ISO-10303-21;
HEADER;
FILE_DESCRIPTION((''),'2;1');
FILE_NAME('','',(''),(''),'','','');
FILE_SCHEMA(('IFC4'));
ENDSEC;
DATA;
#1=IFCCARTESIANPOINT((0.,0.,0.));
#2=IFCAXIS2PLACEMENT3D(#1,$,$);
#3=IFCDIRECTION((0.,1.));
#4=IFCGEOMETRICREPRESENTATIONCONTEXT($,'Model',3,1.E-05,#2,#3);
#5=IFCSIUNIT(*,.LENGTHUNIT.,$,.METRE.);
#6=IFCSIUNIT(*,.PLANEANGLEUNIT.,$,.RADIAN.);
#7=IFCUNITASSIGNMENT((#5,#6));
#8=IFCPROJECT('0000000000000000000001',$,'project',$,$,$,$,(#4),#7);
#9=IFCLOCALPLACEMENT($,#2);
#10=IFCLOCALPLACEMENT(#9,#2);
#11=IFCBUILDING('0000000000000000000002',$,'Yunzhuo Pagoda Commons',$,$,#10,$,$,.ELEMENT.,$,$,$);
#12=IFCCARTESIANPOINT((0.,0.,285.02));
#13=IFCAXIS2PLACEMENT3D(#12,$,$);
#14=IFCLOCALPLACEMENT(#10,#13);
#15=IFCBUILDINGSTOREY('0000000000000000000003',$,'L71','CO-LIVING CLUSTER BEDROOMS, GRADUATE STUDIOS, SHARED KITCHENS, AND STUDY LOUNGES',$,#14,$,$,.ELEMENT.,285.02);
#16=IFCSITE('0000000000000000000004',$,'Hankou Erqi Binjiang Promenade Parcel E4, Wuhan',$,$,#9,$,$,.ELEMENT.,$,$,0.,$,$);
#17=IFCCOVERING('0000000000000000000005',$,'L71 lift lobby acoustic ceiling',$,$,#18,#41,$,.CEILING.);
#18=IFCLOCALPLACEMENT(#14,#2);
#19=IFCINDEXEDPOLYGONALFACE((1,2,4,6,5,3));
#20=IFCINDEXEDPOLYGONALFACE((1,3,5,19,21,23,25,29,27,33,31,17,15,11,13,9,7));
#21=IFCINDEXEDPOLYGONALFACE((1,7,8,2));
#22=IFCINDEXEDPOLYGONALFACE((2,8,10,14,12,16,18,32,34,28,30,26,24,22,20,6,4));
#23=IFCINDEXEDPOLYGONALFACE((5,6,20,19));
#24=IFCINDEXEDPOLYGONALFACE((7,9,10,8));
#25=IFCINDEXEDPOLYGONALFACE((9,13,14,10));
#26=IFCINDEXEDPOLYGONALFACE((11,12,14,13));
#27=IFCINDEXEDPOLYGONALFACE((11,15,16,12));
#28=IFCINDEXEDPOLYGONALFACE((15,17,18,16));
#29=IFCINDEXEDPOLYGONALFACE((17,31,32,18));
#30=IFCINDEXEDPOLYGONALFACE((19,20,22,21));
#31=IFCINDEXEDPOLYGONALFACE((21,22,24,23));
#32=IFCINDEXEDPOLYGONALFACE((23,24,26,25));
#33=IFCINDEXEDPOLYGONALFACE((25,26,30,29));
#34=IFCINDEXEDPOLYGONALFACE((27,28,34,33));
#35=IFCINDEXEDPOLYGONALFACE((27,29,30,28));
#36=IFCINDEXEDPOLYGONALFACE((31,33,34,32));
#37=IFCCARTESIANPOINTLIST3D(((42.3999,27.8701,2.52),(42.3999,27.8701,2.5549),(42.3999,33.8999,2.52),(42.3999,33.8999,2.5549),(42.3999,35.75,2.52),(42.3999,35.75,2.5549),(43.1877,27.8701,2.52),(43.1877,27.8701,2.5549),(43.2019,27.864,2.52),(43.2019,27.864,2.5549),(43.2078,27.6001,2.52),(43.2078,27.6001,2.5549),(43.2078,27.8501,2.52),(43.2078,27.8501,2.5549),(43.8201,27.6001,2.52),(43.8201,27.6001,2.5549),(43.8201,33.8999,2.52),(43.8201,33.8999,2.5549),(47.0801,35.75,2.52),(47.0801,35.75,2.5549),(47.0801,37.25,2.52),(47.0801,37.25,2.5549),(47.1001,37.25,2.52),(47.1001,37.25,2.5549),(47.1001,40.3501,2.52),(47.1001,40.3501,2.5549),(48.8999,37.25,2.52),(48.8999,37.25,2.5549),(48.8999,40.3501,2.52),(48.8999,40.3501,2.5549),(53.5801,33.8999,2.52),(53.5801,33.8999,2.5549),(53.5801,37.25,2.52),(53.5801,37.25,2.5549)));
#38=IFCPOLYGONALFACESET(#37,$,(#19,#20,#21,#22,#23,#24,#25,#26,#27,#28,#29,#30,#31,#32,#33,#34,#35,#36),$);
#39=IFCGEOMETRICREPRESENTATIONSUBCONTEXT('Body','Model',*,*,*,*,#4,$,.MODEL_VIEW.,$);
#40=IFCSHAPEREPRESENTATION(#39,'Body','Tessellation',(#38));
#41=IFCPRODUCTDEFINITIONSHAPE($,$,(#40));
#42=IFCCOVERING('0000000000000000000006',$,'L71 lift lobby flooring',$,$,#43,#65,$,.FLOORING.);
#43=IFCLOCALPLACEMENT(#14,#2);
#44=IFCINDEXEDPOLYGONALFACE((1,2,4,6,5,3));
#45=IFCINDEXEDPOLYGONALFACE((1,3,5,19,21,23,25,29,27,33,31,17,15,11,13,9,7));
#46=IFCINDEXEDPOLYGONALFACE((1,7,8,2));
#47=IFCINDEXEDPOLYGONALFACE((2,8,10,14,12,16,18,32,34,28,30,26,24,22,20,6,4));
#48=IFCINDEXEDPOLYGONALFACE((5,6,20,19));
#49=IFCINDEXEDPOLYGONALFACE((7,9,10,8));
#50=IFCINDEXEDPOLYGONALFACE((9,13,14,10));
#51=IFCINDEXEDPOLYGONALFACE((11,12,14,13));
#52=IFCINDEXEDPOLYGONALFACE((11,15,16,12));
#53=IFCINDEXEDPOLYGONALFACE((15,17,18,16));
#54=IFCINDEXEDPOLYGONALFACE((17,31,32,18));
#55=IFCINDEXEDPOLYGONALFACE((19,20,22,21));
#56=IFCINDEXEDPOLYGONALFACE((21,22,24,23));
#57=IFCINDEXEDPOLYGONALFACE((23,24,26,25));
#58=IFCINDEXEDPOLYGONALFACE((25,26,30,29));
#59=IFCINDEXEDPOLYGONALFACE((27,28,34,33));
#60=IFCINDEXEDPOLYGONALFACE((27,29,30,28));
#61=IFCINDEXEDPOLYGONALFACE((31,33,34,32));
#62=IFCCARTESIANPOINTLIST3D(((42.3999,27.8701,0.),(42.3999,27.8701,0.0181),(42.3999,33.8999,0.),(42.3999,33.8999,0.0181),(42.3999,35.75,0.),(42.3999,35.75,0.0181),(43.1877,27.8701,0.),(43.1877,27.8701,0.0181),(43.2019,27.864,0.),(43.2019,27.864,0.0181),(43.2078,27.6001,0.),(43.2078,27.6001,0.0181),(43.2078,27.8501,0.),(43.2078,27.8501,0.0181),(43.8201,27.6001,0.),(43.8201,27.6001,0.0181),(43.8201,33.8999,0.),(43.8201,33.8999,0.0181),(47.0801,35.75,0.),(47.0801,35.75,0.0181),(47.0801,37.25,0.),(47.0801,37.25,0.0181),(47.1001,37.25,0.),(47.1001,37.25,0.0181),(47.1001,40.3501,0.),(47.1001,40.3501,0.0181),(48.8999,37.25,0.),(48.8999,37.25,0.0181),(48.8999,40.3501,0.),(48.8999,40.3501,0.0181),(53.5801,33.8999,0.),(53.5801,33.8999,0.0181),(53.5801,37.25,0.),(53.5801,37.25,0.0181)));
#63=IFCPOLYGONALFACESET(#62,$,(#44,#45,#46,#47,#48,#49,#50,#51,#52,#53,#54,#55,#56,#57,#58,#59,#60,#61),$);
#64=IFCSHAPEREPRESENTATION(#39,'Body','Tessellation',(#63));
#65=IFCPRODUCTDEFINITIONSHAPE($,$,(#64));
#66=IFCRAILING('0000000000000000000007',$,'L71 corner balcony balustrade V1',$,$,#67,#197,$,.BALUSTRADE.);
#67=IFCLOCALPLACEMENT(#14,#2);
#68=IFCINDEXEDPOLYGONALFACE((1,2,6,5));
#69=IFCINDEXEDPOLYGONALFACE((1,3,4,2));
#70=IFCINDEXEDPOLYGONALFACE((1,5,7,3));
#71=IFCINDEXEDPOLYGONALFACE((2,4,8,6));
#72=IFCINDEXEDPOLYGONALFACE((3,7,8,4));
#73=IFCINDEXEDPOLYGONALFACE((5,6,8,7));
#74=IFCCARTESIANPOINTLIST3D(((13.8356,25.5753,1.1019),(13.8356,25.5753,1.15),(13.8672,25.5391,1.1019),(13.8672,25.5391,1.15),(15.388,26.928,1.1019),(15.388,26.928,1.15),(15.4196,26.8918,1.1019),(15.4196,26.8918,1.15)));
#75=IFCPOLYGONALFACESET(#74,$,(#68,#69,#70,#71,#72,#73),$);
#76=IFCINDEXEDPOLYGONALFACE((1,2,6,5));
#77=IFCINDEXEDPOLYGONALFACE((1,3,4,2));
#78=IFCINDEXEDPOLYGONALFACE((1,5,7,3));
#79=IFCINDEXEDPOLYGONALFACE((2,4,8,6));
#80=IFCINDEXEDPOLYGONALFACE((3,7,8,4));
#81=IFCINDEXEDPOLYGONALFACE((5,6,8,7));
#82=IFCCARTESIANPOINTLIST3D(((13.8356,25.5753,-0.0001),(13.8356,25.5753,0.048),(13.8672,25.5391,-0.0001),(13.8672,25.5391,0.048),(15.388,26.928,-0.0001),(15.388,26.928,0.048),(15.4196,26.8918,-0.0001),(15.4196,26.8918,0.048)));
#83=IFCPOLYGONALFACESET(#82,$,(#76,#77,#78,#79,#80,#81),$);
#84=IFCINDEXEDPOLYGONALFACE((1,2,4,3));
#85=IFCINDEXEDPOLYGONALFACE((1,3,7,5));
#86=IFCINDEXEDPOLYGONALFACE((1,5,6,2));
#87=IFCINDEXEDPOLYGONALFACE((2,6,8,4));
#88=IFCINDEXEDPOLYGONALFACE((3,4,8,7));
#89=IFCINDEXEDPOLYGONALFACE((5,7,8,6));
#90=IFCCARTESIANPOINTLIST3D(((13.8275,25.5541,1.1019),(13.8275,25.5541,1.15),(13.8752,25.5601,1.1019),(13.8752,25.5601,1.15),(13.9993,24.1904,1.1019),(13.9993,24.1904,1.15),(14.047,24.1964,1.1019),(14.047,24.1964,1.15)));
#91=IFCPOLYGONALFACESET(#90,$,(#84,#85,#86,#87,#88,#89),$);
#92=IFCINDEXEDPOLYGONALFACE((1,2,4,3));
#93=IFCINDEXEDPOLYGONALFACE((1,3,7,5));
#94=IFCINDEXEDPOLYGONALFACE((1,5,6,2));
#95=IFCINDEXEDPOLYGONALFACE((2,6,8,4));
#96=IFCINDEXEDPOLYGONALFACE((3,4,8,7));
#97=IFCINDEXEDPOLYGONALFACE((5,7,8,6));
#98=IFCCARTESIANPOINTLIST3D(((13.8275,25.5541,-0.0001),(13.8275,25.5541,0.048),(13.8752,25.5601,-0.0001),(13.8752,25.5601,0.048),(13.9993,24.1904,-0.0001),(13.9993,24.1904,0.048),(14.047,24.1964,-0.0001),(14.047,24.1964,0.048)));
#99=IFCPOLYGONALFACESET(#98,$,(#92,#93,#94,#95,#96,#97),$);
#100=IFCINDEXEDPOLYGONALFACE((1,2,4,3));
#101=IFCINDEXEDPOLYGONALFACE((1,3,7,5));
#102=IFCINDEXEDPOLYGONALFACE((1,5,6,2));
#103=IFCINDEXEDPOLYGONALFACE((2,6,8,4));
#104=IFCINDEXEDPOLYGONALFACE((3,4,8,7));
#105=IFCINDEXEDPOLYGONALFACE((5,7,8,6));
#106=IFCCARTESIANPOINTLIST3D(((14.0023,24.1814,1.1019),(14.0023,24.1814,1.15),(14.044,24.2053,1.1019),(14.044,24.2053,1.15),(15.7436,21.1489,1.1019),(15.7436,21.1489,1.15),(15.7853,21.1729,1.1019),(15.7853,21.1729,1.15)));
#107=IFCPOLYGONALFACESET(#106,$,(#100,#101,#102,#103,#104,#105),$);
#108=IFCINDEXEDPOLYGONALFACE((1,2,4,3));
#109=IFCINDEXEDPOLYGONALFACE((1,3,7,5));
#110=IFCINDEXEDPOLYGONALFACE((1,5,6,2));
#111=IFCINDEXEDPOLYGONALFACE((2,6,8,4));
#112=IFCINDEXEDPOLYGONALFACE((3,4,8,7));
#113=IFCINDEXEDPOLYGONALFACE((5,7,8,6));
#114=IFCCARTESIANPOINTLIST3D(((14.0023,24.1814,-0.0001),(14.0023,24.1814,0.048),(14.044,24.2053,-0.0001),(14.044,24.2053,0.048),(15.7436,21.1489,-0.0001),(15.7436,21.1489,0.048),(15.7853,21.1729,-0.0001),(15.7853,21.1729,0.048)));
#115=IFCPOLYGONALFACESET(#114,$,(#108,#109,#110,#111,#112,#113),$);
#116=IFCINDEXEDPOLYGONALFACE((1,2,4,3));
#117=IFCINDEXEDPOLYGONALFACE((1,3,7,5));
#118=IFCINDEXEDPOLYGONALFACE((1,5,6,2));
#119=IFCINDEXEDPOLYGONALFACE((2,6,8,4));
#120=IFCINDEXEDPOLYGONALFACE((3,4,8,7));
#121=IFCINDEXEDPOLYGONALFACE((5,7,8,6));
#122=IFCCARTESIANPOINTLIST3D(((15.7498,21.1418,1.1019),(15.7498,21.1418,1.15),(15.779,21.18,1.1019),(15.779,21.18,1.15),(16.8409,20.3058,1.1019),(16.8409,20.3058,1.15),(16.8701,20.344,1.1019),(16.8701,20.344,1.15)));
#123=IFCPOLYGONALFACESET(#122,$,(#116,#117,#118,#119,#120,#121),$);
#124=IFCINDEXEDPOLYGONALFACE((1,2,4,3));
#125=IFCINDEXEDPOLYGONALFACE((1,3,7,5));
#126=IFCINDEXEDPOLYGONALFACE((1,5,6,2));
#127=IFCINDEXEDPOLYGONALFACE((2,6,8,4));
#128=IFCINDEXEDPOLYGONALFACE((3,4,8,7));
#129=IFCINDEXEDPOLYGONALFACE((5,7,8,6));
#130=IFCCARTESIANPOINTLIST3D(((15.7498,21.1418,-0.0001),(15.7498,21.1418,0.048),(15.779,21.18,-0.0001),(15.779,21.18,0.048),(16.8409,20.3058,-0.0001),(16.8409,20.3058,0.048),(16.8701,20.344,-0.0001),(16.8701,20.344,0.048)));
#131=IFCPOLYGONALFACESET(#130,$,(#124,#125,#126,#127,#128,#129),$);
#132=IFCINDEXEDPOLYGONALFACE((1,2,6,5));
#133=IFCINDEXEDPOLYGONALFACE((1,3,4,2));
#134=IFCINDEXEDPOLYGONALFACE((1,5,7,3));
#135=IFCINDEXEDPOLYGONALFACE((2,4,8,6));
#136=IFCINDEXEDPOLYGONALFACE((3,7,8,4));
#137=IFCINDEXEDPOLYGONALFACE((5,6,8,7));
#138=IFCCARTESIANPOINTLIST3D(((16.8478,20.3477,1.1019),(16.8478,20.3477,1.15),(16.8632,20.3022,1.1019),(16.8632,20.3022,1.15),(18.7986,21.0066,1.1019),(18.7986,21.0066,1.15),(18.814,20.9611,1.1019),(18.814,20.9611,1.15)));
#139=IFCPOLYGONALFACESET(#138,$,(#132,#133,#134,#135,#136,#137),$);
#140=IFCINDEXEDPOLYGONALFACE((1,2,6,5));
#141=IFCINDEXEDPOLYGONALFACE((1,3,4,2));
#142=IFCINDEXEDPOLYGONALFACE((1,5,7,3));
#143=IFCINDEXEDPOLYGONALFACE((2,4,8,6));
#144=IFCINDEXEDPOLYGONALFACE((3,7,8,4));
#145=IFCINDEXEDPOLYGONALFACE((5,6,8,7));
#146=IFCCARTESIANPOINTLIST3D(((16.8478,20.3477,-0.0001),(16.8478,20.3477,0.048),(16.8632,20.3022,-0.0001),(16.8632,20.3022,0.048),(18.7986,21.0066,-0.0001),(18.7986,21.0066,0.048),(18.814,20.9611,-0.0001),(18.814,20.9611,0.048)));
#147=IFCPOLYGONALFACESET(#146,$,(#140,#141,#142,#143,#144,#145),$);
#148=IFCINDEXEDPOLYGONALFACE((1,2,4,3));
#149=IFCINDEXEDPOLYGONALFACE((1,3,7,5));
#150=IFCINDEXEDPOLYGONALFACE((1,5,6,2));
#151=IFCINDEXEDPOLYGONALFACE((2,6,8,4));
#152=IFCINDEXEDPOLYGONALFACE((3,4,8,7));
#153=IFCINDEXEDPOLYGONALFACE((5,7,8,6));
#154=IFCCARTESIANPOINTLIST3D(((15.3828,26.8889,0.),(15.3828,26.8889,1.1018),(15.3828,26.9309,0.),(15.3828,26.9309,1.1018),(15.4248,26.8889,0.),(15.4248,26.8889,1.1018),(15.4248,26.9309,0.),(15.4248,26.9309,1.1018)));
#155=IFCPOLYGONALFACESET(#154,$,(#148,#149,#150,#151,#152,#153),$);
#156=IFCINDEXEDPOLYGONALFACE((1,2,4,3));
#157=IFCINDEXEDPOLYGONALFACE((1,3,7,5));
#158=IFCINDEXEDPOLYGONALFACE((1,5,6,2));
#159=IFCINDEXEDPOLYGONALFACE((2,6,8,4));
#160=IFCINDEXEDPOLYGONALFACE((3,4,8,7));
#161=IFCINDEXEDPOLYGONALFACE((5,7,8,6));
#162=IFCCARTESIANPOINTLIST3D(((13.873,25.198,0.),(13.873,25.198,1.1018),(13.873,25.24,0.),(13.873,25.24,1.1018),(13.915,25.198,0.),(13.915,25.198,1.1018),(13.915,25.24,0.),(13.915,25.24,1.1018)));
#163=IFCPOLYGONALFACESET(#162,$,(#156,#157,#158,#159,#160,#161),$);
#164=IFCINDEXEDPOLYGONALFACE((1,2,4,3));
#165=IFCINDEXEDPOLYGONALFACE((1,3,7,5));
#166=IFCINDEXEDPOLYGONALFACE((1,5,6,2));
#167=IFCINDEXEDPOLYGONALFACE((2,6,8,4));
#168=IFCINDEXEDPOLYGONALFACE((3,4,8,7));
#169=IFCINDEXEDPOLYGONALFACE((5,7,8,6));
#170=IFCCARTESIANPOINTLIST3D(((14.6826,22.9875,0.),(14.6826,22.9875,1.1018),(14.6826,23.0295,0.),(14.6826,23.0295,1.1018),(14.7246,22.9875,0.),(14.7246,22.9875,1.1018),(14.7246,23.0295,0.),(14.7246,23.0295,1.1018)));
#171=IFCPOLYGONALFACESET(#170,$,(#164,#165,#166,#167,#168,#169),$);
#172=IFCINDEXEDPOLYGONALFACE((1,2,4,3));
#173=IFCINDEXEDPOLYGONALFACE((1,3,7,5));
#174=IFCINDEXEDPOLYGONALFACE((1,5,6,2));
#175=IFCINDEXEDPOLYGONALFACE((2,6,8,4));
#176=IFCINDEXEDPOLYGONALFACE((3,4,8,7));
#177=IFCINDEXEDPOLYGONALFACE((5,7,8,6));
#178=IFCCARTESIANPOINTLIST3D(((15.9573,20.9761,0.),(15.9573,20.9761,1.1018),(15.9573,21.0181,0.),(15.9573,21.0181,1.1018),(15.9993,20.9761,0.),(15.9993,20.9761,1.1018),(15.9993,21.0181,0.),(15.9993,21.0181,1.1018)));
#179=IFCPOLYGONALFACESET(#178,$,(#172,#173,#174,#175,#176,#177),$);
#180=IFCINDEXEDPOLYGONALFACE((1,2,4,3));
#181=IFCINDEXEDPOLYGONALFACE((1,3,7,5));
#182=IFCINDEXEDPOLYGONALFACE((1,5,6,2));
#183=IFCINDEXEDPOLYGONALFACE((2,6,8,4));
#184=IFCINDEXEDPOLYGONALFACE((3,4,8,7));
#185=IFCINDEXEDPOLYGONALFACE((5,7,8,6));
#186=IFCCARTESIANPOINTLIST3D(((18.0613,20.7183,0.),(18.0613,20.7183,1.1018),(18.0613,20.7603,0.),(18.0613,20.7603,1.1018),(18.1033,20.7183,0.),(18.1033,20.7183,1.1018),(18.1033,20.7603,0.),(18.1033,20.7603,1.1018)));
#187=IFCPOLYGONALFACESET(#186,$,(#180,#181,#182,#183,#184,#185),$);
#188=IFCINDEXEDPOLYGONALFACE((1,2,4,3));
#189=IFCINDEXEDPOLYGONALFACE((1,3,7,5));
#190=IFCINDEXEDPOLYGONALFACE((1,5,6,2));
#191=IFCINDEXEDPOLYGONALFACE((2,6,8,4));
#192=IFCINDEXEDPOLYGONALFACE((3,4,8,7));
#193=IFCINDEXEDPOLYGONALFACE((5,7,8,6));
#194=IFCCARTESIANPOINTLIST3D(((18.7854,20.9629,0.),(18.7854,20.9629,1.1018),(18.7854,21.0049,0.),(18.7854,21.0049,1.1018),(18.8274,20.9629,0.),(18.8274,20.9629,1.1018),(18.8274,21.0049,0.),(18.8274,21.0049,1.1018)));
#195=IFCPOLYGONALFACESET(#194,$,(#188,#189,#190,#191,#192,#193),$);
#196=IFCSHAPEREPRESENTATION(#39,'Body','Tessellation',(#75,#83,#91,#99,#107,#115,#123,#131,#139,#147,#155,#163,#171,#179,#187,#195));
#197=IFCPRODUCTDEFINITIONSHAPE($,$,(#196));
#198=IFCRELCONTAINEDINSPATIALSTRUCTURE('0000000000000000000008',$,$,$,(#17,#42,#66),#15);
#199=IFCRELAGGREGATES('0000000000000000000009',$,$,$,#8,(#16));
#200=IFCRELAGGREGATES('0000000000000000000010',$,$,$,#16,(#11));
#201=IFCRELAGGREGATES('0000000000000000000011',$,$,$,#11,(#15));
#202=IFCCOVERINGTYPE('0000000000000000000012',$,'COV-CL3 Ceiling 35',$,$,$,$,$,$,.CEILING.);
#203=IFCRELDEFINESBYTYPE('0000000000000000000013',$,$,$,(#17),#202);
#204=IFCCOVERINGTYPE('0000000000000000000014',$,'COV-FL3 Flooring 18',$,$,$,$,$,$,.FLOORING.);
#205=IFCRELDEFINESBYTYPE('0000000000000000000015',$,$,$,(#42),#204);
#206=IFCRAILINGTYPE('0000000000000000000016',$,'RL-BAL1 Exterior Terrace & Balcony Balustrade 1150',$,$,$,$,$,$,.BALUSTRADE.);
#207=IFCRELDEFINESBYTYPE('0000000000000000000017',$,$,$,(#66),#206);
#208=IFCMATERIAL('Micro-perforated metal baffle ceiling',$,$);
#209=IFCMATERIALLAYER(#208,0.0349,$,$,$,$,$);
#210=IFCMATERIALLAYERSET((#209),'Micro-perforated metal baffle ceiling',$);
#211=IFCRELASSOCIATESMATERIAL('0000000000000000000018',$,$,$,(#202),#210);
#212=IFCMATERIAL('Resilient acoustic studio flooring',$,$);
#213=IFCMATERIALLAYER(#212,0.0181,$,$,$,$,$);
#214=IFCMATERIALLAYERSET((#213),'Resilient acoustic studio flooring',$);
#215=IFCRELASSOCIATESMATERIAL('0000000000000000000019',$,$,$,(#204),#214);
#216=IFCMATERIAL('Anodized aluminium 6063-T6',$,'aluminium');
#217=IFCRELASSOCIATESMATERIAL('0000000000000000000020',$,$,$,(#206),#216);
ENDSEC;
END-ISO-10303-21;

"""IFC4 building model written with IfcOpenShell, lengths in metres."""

from ifc_helpers import new_model, si_unit, direction, frame, origin, origin_2d, place, context, subcontext, project, spatial, polyline, rectangle, outline, extrude, material, layer, layer_set, type_object, element, save


model = new_model("IFC4")

# Units and contexts
model_context = context("Model", 3, precision=1e-05, world=origin(), true_north=direction((0.0, 1.0)))
body_context = subcontext(model_context, "Body", "Model", "MODEL_VIEW")
ifc_project = project(units=[si_unit("LENGTHUNIT", "METRE"), si_unit("PLANEANGLEUNIT", "RADIAN")], contexts=[model_context])

# Site, building, storey
site_placement = place(None, origin())
site = spatial("IfcSite", under=ifc_project, at=site_placement, Name="Hankou Erqi Binjiang Promenade Parcel E4, Wuhan", CompositionType="ELEMENT", RefElevation=0.0)
building_placement = place(site_placement, origin())
building = spatial("IfcBuilding", under=site, at=building_placement, Name="Yunzhuo Pagoda Commons", CompositionType="ELEMENT")
storey_placement = place(building_placement, frame((0.0, 0.0, 285.02)))
storey = spatial("IfcBuildingStorey", under=building, at=storey_placement, Name="L71", Description="CO-LIVING CLUSTER BEDROOMS, GRADUATE STUDIOS, SHARED KITCHENS, AND STUDY LOUNGES", CompositionType="ELEMENT", Elevation=285.02)

# Shared definitions
ifc_material_1 = material(Name="Anodized aluminium 6063-T6", Category="aluminium")

# Coverings
ifc_material_2 = material(Name="Micro-perforated metal baffle ceiling")
ifc_layer_1 = layer(ifc_material_2, 0.0349)
ifc_layer_set_1 = layer_set([ifc_layer_1], Name="Micro-perforated metal baffle ceiling")
covering_type_1 = type_object("IfcCoveringType", Name="COV-CL3 Ceiling 35", PredefinedType="CEILING", material=ifc_layer_set_1)
covering_1_placement = place(storey_placement, frame((0.0, 0.0, 2.52)))
element("IfcCovering", 1, at=covering_1_placement, inside=storey, type_object=covering_type_1, Name="L71 lift lobby acoustic ceiling", PredefinedType="CEILING", context=body_context, shape_type="SweptSolid", body=[
    extrude(outline(polyline([(42.3999, 35.75), (47.0801, 35.75), (47.0801, 37.25), (47.1001, 37.25), (47.1001, 40.3501), (48.8999, 40.3501), (48.8999, 37.25), (53.5801, 37.25), (53.5801, 33.8999), (43.8201, 33.8999), (43.8201, 27.6001), (43.2078, 27.6001), (43.2078, 27.8501), (43.2019, 27.864), (43.1877, 27.8701), (42.3999, 27.8701), (42.3999, 33.8999), (42.3999, 35.75)])), origin(), (0.0, 0.0, 1.0), 0.0349),
])
ifc_material_3 = material(Name="Resilient acoustic studio flooring")
ifc_layer_2 = layer(ifc_material_3, 0.0181)
ifc_layer_set_2 = layer_set([ifc_layer_2], Name="Resilient acoustic studio flooring")
covering_type_2 = type_object("IfcCoveringType", Name="COV-FL3 Flooring 18", PredefinedType="FLOORING", material=ifc_layer_set_2)
covering_2_placement = place(storey_placement, origin())
element("IfcCovering", 2, at=covering_2_placement, inside=storey, type_object=covering_type_2, Name="L71 lift lobby flooring", PredefinedType="FLOORING", context=body_context, shape_type="SweptSolid", body=[
    extrude(outline(polyline([(42.3999, 35.75), (47.0801, 35.75), (47.0801, 37.25), (47.1001, 37.25), (47.1001, 40.3501), (48.8999, 40.3501), (48.8999, 37.25), (53.5801, 37.25), (53.5801, 33.8999), (43.8201, 33.8999), (43.8201, 27.6001), (43.2078, 27.6001), (43.2078, 27.8501), (43.2019, 27.864), (43.1877, 27.8701), (42.3999, 27.8701), (42.3999, 33.8999), (42.3999, 35.75)])), origin(), (0.0, 0.0, 1.0), 0.0181),
])

# Railing
railing_type = type_object("IfcRailingType", Name="RL-BAL1 Exterior Terrace & Balcony Balustrade 1150", PredefinedType="BALUSTRADE", material=ifc_material_1)
railing_placement = place(storey_placement, frame((15.4038, 26.9099, 0.0)))
element("IfcRailing", 3, at=railing_placement, inside=storey, type_object=railing_type, Name="L71 corner balcony balustrade V1", PredefinedType="BALUSTRADE", context=body_context, shape_type="SweptSolid", body=[
    extrude(rectangle(XDim=0.0481, YDim=0.0481, at=origin_2d()), frame((0.0, 0.0, 1.126), z_axis=(-0.753934, -0.65695, 0.0), x_axis=(0.65695, -0.753934, 0.0)), (0.0, 0.0, 1.0), 2.0591),
    extrude(rectangle(XDim=0.0481, YDim=0.0481, at=origin_2d()), frame((0.0, 0.0, 0.0239), z_axis=(-0.753934, -0.65695, 0.0), x_axis=(0.65695, -0.753934, 0.0)), (0.0, 0.0, 1.0), 2.0591),
    extrude(rectangle(XDim=0.0481, YDim=0.0481, at=origin_2d()), frame((-1.5525, -1.3528, 1.126), z_axis=(0.12504, -0.992152, 0.0), x_axis=(0.992152, 0.12504, 0.0)), (0.0, 0.0, 1.0), 1.3745),
    extrude(rectangle(XDim=0.0481, YDim=0.0481, at=origin_2d()), frame((-1.5525, -1.3528, 0.0239), z_axis=(0.12504, -0.992152, 0.0), x_axis=(0.992152, 0.12504, 0.0)), (0.0, 0.0, 1.0), 1.3745),
    extrude(rectangle(XDim=0.0481, YDim=0.0481, at=origin_2d()), frame((-1.3806, -2.7166, 1.126), z_axis=(0.497942, -0.86721, 0.0), x_axis=(0.86721, 0.497942, 0.0)), (0.0, 0.0, 1.0), 3.4968),
    extrude(rectangle(XDim=0.0481, YDim=0.0481, at=origin_2d()), frame((-1.3806, -2.7166, 0.0239), z_axis=(0.497942, -0.86721, 0.0), x_axis=(0.86721, 0.497942, 0.0)), (0.0, 0.0, 1.0), 3.4968),
    extrude(rectangle(XDim=0.0481, YDim=0.0481, at=origin_2d()), frame((0.3606, -5.749, 1.126), z_axis=(0.793798, -0.608182, 0.0), x_axis=(0.608182, 0.793798, 0.0)), (0.0, 0.0, 1.0), 1.3745),
    extrude(rectangle(XDim=0.0481, YDim=0.0481, at=origin_2d()), frame((0.3606, -5.749, 0.0239), z_axis=(0.793798, -0.608182, 0.0), x_axis=(0.608182, 0.793798, 0.0)), (0.0, 0.0, 1.0), 1.3745),
    extrude(rectangle(XDim=0.0481, YDim=0.0481, at=origin_2d()), frame((1.4517, -6.585, 1.126), z_axis=(0.947419, 0.319996, 0.0), x_axis=(-0.319996, 0.947419, 0.0)), (0.0, 0.0, 1.0), 2.0591),
    extrude(rectangle(XDim=0.0481, YDim=0.0481, at=origin_2d()), frame((1.4517, -6.585, 0.0239), z_axis=(0.947419, 0.319996, 0.0), x_axis=(-0.319996, 0.947419, 0.0)), (0.0, 0.0, 1.0), 2.0591),
    extrude(rectangle(XDim=0.042, YDim=0.042, at=origin_2d()), origin(), (0.0, 0.0, 1.0), 1.1018),
    extrude(rectangle(XDim=0.042, YDim=0.042, at=origin_2d()), frame((-1.5098, -1.6909, 0.0)), (0.0, 0.0, 1.0), 1.1018),
    extrude(rectangle(XDim=0.042, YDim=0.042, at=origin_2d()), frame((-0.7002, -3.9014, 0.0)), (0.0, 0.0, 1.0), 1.1018),
    extrude(rectangle(XDim=0.042, YDim=0.042, at=origin_2d()), frame((0.5745, -5.9128, 0.0)), (0.0, 0.0, 1.0), 1.1018),
    extrude(rectangle(XDim=0.042, YDim=0.042, at=origin_2d()), frame((2.6785, -6.1707, 0.0)), (0.0, 0.0, 1.0), 1.1018),
    extrude(rectangle(XDim=0.042, YDim=0.042, at=origin_2d()), frame((3.4026, -5.926, 0.0)), (0.0, 0.0, 1.0), 1.1018),
])

save(model, "model.ifc")
